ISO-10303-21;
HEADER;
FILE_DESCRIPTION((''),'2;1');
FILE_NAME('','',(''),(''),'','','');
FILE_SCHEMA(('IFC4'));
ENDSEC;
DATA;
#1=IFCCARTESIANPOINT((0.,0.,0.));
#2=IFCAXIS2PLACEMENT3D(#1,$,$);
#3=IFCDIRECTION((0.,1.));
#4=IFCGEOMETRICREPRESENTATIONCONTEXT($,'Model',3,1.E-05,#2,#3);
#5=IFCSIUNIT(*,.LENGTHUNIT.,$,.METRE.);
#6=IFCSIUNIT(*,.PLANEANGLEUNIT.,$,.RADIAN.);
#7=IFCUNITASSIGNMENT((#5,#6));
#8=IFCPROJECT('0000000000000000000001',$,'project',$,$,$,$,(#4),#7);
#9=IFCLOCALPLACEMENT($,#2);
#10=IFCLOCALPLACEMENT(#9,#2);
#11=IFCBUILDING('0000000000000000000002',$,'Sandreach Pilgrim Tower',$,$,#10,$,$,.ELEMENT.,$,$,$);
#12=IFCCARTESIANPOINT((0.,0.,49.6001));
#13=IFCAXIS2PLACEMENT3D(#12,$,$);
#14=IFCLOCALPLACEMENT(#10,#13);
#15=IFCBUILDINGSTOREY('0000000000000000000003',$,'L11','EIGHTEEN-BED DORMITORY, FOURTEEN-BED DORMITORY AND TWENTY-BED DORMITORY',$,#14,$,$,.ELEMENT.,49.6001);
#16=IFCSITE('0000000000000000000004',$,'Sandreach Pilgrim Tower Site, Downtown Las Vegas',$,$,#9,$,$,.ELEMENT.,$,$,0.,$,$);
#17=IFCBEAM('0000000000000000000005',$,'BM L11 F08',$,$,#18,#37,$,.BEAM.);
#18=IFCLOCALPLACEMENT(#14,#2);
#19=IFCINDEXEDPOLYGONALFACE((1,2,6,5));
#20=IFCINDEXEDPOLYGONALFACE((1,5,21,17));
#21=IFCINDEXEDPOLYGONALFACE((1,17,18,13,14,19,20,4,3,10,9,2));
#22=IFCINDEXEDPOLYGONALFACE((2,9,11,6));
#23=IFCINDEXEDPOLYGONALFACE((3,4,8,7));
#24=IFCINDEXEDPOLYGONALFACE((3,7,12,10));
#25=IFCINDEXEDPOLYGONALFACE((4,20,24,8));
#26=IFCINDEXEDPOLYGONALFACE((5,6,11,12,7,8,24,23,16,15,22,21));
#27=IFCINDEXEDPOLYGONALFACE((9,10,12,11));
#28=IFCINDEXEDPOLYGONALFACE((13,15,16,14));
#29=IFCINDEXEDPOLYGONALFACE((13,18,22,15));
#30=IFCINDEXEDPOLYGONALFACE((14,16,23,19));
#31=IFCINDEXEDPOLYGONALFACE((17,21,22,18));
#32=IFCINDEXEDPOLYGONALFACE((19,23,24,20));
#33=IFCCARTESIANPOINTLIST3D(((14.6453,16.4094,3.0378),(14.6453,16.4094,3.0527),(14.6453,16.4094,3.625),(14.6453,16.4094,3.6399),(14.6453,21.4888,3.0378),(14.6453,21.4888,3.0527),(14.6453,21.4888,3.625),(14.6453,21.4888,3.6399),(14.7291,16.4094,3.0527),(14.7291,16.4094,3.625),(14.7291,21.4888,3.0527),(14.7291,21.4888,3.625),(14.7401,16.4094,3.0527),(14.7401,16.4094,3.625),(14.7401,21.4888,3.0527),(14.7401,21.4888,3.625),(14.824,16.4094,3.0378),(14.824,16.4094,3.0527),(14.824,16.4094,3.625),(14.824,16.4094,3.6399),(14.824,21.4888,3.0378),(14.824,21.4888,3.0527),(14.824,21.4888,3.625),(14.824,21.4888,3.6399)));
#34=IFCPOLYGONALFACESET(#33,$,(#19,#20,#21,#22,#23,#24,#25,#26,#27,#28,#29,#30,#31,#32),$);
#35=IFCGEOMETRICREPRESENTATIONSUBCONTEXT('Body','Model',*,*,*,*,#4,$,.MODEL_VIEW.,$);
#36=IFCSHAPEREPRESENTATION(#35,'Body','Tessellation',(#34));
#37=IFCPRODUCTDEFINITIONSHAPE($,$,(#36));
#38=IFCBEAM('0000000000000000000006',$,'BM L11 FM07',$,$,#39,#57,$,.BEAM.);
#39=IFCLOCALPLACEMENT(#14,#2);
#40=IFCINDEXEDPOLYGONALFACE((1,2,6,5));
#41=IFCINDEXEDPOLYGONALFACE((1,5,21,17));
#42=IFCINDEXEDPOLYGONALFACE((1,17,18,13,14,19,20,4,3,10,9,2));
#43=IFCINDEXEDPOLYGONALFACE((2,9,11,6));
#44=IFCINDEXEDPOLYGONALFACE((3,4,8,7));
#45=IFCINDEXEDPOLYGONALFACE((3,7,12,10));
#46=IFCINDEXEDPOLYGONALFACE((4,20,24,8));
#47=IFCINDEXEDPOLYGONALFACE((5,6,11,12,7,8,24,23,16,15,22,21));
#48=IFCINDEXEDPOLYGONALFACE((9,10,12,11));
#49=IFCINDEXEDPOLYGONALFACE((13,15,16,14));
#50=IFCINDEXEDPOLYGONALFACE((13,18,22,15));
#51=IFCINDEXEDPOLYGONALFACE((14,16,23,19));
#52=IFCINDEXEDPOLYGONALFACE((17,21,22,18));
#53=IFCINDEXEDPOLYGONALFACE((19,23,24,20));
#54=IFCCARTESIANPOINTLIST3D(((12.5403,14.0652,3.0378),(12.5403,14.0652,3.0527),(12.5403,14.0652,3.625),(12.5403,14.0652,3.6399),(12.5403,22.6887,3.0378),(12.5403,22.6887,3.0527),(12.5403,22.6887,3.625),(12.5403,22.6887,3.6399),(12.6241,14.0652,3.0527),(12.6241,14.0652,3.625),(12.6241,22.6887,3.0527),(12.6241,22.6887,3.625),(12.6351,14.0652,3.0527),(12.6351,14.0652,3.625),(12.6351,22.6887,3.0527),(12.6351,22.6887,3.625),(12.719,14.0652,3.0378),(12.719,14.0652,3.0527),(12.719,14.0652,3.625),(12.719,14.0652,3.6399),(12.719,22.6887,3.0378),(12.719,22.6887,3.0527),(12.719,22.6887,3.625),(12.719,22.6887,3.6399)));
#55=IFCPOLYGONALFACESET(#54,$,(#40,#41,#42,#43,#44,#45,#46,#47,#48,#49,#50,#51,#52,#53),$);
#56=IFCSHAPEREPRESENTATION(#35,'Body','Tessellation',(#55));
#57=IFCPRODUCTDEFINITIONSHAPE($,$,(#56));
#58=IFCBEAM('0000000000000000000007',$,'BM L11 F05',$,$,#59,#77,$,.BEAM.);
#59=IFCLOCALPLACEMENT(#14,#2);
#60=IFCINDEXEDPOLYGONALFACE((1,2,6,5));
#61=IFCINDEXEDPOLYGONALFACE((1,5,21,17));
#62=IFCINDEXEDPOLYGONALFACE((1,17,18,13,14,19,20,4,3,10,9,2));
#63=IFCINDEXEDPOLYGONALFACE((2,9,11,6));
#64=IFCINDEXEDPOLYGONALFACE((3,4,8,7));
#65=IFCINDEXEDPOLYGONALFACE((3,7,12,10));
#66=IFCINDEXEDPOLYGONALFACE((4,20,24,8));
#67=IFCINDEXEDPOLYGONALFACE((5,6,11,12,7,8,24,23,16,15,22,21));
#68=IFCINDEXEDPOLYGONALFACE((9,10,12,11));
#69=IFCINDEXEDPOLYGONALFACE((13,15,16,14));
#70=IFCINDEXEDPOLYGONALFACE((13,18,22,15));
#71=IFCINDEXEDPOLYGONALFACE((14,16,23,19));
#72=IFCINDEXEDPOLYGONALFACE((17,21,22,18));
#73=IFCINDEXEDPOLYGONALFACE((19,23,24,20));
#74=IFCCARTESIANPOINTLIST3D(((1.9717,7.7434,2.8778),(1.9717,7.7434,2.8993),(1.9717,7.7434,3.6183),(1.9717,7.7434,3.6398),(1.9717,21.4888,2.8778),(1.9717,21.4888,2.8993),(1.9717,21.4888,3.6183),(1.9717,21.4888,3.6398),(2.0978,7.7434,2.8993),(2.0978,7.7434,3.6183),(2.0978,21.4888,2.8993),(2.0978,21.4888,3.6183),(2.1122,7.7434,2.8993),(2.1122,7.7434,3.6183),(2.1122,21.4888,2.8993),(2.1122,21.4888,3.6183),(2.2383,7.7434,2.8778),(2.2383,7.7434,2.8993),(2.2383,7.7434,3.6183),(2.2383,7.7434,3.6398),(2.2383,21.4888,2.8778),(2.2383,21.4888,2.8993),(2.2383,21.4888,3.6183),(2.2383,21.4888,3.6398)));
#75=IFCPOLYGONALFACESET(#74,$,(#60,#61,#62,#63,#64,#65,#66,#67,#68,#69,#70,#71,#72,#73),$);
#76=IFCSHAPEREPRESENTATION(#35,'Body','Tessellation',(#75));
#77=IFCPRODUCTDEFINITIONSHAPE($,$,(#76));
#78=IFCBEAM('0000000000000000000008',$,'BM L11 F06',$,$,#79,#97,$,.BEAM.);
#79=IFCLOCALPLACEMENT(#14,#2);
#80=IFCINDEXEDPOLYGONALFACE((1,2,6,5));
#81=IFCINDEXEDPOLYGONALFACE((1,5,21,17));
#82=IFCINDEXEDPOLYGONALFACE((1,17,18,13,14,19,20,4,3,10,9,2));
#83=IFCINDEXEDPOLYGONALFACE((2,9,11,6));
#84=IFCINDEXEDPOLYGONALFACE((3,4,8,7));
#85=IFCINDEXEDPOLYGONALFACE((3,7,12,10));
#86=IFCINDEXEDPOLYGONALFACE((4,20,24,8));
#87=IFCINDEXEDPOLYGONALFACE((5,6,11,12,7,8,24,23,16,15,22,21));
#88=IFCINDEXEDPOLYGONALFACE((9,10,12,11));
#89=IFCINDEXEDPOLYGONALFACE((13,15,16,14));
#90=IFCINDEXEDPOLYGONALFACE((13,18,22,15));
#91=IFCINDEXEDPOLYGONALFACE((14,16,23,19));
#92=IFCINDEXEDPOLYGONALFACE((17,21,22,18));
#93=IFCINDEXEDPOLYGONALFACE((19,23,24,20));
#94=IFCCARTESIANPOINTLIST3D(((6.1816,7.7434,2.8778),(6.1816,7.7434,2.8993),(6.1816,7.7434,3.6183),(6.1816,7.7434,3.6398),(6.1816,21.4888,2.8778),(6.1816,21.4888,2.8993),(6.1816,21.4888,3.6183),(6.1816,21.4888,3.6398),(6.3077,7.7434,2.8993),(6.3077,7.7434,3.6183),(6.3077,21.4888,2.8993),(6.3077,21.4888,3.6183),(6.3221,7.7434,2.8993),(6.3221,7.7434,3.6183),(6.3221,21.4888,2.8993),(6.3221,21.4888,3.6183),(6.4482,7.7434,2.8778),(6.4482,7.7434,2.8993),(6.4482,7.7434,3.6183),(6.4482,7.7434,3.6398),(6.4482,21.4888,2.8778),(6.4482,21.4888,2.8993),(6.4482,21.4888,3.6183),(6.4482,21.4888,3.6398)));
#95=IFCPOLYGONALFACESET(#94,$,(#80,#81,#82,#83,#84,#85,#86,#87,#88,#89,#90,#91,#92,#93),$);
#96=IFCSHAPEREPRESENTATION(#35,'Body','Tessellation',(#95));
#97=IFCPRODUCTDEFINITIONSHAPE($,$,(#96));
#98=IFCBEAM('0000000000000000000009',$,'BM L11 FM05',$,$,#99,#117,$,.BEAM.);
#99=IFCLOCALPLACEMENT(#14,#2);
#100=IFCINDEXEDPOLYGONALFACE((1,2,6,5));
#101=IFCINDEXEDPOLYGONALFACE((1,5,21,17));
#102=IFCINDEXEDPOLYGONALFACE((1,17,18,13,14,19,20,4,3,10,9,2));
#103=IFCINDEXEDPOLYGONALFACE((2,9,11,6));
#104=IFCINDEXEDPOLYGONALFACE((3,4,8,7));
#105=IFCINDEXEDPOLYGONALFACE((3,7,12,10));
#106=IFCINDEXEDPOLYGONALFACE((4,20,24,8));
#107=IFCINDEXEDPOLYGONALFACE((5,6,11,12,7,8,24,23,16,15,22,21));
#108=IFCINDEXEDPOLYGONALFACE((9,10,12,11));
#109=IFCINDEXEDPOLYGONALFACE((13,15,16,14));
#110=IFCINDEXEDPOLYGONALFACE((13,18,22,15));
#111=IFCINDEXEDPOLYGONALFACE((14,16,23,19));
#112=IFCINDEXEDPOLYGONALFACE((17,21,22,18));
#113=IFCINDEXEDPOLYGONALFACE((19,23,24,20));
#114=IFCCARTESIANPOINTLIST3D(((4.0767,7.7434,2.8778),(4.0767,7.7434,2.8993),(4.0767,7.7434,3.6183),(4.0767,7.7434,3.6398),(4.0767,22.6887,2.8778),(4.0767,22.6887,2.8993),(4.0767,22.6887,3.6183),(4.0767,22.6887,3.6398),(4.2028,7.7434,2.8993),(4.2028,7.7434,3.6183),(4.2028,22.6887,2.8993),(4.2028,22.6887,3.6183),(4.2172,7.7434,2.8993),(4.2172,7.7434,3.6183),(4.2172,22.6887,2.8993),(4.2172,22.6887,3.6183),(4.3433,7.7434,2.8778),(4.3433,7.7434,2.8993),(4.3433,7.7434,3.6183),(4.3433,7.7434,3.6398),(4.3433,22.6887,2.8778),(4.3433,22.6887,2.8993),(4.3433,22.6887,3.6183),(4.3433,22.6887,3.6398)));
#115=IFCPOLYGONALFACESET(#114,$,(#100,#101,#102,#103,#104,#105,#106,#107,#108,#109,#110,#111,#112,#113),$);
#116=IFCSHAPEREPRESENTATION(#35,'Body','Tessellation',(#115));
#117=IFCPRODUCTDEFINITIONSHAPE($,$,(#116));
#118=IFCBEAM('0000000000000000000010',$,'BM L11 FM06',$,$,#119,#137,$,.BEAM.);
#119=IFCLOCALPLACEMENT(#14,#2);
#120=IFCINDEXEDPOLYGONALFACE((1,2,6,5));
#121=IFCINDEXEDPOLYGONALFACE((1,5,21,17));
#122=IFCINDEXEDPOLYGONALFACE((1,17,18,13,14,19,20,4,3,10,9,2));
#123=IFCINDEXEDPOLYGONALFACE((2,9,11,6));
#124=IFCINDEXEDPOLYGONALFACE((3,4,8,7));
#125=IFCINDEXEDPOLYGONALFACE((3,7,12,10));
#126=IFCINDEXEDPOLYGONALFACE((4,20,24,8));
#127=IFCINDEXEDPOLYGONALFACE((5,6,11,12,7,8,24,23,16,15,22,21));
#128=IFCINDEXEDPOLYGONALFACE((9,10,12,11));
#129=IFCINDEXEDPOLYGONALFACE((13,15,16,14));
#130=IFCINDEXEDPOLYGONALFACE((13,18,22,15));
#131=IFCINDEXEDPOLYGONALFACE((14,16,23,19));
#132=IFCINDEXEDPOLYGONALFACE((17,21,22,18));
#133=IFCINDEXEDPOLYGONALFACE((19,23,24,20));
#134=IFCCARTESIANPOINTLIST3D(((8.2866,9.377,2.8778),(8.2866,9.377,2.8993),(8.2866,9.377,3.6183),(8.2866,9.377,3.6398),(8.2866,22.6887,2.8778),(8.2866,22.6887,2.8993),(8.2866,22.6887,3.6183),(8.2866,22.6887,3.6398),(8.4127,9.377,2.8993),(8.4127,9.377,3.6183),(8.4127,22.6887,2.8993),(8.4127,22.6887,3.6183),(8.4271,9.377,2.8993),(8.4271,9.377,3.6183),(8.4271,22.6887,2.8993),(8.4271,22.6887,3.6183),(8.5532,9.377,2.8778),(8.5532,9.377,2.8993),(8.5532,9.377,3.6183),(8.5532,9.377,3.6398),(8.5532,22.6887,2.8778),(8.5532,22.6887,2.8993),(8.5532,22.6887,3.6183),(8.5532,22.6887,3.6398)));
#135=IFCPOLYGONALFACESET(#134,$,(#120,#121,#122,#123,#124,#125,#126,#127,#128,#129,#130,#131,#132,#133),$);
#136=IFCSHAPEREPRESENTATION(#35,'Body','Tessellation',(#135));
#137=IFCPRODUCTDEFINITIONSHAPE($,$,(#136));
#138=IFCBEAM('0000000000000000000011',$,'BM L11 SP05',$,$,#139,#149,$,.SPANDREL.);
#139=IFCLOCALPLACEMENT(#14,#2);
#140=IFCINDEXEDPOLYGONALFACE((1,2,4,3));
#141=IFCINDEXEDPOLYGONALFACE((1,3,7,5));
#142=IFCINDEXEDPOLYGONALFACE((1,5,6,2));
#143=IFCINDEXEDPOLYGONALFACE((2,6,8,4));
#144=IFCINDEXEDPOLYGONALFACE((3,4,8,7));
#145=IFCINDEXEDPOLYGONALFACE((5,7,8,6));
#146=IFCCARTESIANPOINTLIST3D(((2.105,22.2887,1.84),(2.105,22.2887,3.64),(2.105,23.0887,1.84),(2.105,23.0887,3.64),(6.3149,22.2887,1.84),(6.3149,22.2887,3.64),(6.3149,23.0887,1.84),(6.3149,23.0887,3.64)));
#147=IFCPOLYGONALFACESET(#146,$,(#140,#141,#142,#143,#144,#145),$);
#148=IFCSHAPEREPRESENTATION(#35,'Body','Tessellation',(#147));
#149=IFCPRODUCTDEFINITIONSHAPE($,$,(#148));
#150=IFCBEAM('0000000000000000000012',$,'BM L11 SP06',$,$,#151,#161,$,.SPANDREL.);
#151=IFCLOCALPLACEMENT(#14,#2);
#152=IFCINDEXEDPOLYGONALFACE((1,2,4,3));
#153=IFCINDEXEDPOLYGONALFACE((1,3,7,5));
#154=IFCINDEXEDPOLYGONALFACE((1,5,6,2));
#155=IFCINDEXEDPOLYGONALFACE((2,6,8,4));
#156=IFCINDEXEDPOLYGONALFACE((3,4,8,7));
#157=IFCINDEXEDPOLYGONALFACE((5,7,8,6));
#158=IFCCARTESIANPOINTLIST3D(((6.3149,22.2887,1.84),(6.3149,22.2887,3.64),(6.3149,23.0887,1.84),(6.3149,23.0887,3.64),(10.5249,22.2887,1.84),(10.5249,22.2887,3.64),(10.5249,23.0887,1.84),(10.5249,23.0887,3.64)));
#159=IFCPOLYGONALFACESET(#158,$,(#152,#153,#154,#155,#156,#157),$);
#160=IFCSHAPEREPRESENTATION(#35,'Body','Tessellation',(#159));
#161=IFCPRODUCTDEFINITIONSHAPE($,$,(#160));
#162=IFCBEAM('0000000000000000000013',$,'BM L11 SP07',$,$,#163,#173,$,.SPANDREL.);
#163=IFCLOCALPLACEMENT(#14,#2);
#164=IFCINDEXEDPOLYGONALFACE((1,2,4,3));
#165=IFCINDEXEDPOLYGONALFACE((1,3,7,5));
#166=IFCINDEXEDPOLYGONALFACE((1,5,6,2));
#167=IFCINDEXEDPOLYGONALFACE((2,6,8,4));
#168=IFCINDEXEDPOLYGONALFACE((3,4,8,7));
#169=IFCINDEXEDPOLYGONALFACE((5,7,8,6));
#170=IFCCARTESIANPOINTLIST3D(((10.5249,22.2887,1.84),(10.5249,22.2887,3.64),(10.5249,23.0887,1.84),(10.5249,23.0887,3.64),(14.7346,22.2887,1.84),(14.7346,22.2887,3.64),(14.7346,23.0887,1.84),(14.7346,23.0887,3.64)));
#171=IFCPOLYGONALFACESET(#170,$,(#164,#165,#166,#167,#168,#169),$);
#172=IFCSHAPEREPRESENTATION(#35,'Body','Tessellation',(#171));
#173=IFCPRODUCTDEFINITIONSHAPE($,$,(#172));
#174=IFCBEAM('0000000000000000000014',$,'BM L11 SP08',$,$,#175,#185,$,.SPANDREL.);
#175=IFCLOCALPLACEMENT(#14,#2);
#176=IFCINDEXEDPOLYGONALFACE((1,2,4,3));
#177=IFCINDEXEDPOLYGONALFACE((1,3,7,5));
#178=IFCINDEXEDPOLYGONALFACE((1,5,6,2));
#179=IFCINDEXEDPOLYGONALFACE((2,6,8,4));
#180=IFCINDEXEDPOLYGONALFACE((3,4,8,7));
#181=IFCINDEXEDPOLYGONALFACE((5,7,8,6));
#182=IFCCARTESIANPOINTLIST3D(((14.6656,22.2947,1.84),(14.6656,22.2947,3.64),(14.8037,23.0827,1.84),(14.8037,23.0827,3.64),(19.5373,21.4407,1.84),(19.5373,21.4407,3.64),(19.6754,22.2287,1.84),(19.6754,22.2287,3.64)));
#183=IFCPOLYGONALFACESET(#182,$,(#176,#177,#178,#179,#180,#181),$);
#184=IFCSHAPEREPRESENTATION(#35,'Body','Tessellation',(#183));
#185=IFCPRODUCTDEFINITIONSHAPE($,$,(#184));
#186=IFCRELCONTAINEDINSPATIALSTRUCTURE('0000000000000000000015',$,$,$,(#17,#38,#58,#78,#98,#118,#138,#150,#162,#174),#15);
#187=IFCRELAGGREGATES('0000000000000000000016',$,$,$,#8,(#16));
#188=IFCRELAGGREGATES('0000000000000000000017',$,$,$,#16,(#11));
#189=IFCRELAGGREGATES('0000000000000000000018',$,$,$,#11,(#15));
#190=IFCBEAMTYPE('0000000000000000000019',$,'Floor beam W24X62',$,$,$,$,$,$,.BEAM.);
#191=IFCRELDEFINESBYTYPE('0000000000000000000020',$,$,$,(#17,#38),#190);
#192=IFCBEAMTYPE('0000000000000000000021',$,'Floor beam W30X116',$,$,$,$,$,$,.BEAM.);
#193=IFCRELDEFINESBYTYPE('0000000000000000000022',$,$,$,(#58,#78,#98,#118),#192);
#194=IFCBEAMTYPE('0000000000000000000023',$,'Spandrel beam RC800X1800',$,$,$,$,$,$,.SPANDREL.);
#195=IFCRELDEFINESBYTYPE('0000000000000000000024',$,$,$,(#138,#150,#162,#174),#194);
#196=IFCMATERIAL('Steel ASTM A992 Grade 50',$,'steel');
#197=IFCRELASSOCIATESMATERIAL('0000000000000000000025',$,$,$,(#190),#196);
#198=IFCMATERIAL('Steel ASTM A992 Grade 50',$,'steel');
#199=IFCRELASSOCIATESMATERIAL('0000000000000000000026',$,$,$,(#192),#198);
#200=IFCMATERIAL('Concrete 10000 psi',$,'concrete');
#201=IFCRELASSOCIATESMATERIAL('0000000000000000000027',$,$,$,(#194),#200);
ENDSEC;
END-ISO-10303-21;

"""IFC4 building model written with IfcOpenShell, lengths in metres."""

from ifc_helpers import new_model, si_unit, direction, frame, origin, origin_2d, place, context, subcontext, project, spatial, rectangle, i_section, extrude, material, material_profile, profile_set, type_object, element, save


model = new_model("IFC4")

# Units and contexts
model_context = context("Model", 3, precision=1e-05, world=origin(), true_north=direction((0.0, 1.0)))
body_context = subcontext(model_context, "Body", "Model", "MODEL_VIEW")
ifc_project = project(units=[si_unit("LENGTHUNIT", "METRE"), si_unit("PLANEANGLEUNIT", "RADIAN")], contexts=[model_context])

# Site, building, storey
site_placement = place(None, origin())
site = spatial("IfcSite", under=ifc_project, at=site_placement, Name="Sandreach Pilgrim Tower Site, Downtown Las Vegas", CompositionType="ELEMENT", RefElevation=0.0)
building_placement = place(site_placement, origin())
building = spatial("IfcBuilding", under=site, at=building_placement, Name="Sandreach Pilgrim Tower", CompositionType="ELEMENT")
storey_placement = place(building_placement, frame((0.0, 0.0, 49.6001)))
storey = spatial("IfcBuildingStorey", under=building, at=storey_placement, Name="L11", Description="EIGHTEEN-BED DORMITORY, FOURTEEN-BED DORMITORY AND TWENTY-BED DORMITORY", CompositionType="ELEMENT", Elevation=49.6001)

# Beams
ifc_material_1 = material(Name="Steel ASTM A992 Grade 50", Category="steel")
ifc_material_profile_1 = material_profile(ifc_material_1, i_section(OverallWidth=0.1787, OverallDepth=0.6021, WebThickness=0.011, FlangeThickness=0.0149, at=origin_2d()), Name="W24X62")
ifc_profile_set_1 = profile_set([ifc_material_profile_1], Name="Steel ASTM A992 Grade 50")
beam_type_1 = type_object("IfcBeamType", Name="Floor beam W24X62", PredefinedType="BEAM", material=ifc_profile_set_1)
beam_1_placement = place(storey_placement, frame((14.7346, 21.4888, 3.3389), z_axis=(0.0, -1.0, 0.0), x_axis=(1.0, 0.0, 0.0)))
element("IfcBeam", 1, at=beam_1_placement, inside=storey, type_object=beam_type_1, Name="BM L11 F08", PredefinedType="BEAM", context=body_context, shape_type="SweptSolid", body=[
    extrude(i_section(OverallWidth=0.1787, OverallDepth=0.6021, WebThickness=0.011, FlangeThickness=0.0149, at=origin_2d()), origin(), (0.0, 0.0, 1.0), 5.0793),
])
beam_2_placement = place(storey_placement, frame((12.6296, 22.6887, 3.3389), z_axis=(0.0, -1.0, 0.0), x_axis=(1.0, 0.0, 0.0)))
element("IfcBeam", 2, at=beam_2_placement, inside=storey, type_object=beam_type_1, Name="BM L11 FM07", PredefinedType="BEAM", context=body_context, shape_type="SweptSolid", body=[
    extrude(i_section(OverallWidth=0.1787, OverallDepth=0.6021, WebThickness=0.011, FlangeThickness=0.0149, at=origin_2d()), origin(), (0.0, 0.0, 1.0), 8.6235),
])
ifc_material_2 = material(Name="Steel ASTM A992 Grade 50", Category="steel")
ifc_material_profile_2 = material_profile(ifc_material_2, i_section(OverallWidth=0.2666, OverallDepth=0.762, WebThickness=0.0144, FlangeThickness=0.0215, at=origin_2d()), Name="W30X116")
ifc_profile_set_2 = profile_set([ifc_material_profile_2], Name="Steel ASTM A992 Grade 50")
beam_type_2 = type_object("IfcBeamType", Name="Floor beam W30X116", PredefinedType="BEAM", material=ifc_profile_set_2)
for number, where, z_axis, x_axis, name in (
    (3, (2.105, 21.4888, 3.2588), (0.0, -1.0, 0.0), (1.0, 0.0, 0.0), "BM L11 F05"),
    (4, (6.3149, 21.4888, 3.2588), (0.0, -1.0, 0.0), (1.0, 0.0, 0.0), "BM L11 F06"),
):
    element("IfcBeam", number, at=place(storey_placement, frame(where, z_axis=z_axis, x_axis=x_axis)), inside=storey, type_object=beam_type_2, Name=name, PredefinedType="BEAM", context=body_context, shape_type="SweptSolid", body=[
        extrude(i_section(OverallWidth=0.2666, OverallDepth=0.762, WebThickness=0.0144, FlangeThickness=0.0215, at=origin_2d()), origin(), (0.0, 0.0, 1.0), 13.7454),
    ])
beam_3_placement = place(storey_placement, frame((4.21, 22.6887, 3.2588), z_axis=(0.0, -1.0, 0.0), x_axis=(1.0, 0.0, 0.0)))
element("IfcBeam", 5, at=beam_3_placement, inside=storey, type_object=beam_type_2, Name="BM L11 FM05", PredefinedType="BEAM", context=body_context, shape_type="SweptSolid", body=[
    extrude(i_section(OverallWidth=0.2666, OverallDepth=0.762, WebThickness=0.0144, FlangeThickness=0.0215, at=origin_2d()), origin(), (0.0, 0.0, 1.0), 14.9453),
])
beam_4_placement = place(storey_placement, frame((8.4199, 22.6887, 3.2588), z_axis=(0.0, -1.0, 0.0), x_axis=(1.0, 0.0, 0.0)))
element("IfcBeam", 6, at=beam_4_placement, inside=storey, type_object=beam_type_2, Name="BM L11 FM06", PredefinedType="BEAM", context=body_context, shape_type="SweptSolid", body=[
    extrude(i_section(OverallWidth=0.2666, OverallDepth=0.762, WebThickness=0.0144, FlangeThickness=0.0215, at=origin_2d()), origin(), (0.0, 0.0, 1.0), 13.3118),
])
ifc_material_3 = material(Name="Concrete 10000 psi", Category="concrete")
ifc_material_profile_3 = material_profile(ifc_material_3, rectangle(XDim=0.8, YDim=1.8, at=origin_2d()), Name="RC800X1800")
ifc_profile_set_3 = profile_set([ifc_material_profile_3], Name="Concrete 10000 psi")
beam_type_3 = type_object("IfcBeamType", Name="Spandrel beam RC800X1800", PredefinedType="SPANDREL", material=ifc_profile_set_3)
for number, where, z_axis, x_axis, name in (
    (7, (2.105, 22.6887, 2.74), (1.0, 0.0, 0.0), (0.0, 1.0, 0.0), "BM L11 SP05"),
    (8, (6.3149, 22.6887, 2.74), (1.0, 0.0, 0.0), (0.0, 1.0, 0.0), "BM L11 SP06"),
):
    element("IfcBeam", number, at=place(storey_placement, frame(where, z_axis=z_axis, x_axis=x_axis)), inside=storey, type_object=beam_type_3, Name=name, PredefinedType="SPANDREL", context=body_context, shape_type="SweptSolid", body=[
        extrude(rectangle(XDim=0.8, YDim=1.8, at=origin_2d()), origin(), (0.0, 0.0, 1.0), 4.21),
    ])
beam_5_placement = place(storey_placement, frame((10.5249, 22.6887, 2.74), z_axis=(1.0, 0.0, 0.0), x_axis=(0.0, 1.0, 0.0)))
element("IfcBeam", 9, at=beam_5_placement, inside=storey, type_object=beam_type_3, Name="BM L11 SP07", PredefinedType="SPANDREL", context=body_context, shape_type="SweptSolid", body=[
    extrude(rectangle(XDim=0.8, YDim=1.8, at=origin_2d()), origin(), (0.0, 0.0, 1.0), 4.2097),
])
beam_6_placement = place(storey_placement, frame((14.7346, 22.6887, 2.74), z_axis=(0.984981, -0.172662, 0.0), x_axis=(0.172662, 0.984981, 0.0)))
element("IfcBeam", 10, at=beam_6_placement, inside=storey, type_object=beam_type_3, Name="BM L11 SP08", PredefinedType="SPANDREL", context=body_context, shape_type="SweptSolid", body=[
    extrude(rectangle(XDim=0.8, YDim=1.8, at=origin_2d()), origin(), (0.0, 0.0, 1.0), 4.946),
])

save(model, "model.ifc")
